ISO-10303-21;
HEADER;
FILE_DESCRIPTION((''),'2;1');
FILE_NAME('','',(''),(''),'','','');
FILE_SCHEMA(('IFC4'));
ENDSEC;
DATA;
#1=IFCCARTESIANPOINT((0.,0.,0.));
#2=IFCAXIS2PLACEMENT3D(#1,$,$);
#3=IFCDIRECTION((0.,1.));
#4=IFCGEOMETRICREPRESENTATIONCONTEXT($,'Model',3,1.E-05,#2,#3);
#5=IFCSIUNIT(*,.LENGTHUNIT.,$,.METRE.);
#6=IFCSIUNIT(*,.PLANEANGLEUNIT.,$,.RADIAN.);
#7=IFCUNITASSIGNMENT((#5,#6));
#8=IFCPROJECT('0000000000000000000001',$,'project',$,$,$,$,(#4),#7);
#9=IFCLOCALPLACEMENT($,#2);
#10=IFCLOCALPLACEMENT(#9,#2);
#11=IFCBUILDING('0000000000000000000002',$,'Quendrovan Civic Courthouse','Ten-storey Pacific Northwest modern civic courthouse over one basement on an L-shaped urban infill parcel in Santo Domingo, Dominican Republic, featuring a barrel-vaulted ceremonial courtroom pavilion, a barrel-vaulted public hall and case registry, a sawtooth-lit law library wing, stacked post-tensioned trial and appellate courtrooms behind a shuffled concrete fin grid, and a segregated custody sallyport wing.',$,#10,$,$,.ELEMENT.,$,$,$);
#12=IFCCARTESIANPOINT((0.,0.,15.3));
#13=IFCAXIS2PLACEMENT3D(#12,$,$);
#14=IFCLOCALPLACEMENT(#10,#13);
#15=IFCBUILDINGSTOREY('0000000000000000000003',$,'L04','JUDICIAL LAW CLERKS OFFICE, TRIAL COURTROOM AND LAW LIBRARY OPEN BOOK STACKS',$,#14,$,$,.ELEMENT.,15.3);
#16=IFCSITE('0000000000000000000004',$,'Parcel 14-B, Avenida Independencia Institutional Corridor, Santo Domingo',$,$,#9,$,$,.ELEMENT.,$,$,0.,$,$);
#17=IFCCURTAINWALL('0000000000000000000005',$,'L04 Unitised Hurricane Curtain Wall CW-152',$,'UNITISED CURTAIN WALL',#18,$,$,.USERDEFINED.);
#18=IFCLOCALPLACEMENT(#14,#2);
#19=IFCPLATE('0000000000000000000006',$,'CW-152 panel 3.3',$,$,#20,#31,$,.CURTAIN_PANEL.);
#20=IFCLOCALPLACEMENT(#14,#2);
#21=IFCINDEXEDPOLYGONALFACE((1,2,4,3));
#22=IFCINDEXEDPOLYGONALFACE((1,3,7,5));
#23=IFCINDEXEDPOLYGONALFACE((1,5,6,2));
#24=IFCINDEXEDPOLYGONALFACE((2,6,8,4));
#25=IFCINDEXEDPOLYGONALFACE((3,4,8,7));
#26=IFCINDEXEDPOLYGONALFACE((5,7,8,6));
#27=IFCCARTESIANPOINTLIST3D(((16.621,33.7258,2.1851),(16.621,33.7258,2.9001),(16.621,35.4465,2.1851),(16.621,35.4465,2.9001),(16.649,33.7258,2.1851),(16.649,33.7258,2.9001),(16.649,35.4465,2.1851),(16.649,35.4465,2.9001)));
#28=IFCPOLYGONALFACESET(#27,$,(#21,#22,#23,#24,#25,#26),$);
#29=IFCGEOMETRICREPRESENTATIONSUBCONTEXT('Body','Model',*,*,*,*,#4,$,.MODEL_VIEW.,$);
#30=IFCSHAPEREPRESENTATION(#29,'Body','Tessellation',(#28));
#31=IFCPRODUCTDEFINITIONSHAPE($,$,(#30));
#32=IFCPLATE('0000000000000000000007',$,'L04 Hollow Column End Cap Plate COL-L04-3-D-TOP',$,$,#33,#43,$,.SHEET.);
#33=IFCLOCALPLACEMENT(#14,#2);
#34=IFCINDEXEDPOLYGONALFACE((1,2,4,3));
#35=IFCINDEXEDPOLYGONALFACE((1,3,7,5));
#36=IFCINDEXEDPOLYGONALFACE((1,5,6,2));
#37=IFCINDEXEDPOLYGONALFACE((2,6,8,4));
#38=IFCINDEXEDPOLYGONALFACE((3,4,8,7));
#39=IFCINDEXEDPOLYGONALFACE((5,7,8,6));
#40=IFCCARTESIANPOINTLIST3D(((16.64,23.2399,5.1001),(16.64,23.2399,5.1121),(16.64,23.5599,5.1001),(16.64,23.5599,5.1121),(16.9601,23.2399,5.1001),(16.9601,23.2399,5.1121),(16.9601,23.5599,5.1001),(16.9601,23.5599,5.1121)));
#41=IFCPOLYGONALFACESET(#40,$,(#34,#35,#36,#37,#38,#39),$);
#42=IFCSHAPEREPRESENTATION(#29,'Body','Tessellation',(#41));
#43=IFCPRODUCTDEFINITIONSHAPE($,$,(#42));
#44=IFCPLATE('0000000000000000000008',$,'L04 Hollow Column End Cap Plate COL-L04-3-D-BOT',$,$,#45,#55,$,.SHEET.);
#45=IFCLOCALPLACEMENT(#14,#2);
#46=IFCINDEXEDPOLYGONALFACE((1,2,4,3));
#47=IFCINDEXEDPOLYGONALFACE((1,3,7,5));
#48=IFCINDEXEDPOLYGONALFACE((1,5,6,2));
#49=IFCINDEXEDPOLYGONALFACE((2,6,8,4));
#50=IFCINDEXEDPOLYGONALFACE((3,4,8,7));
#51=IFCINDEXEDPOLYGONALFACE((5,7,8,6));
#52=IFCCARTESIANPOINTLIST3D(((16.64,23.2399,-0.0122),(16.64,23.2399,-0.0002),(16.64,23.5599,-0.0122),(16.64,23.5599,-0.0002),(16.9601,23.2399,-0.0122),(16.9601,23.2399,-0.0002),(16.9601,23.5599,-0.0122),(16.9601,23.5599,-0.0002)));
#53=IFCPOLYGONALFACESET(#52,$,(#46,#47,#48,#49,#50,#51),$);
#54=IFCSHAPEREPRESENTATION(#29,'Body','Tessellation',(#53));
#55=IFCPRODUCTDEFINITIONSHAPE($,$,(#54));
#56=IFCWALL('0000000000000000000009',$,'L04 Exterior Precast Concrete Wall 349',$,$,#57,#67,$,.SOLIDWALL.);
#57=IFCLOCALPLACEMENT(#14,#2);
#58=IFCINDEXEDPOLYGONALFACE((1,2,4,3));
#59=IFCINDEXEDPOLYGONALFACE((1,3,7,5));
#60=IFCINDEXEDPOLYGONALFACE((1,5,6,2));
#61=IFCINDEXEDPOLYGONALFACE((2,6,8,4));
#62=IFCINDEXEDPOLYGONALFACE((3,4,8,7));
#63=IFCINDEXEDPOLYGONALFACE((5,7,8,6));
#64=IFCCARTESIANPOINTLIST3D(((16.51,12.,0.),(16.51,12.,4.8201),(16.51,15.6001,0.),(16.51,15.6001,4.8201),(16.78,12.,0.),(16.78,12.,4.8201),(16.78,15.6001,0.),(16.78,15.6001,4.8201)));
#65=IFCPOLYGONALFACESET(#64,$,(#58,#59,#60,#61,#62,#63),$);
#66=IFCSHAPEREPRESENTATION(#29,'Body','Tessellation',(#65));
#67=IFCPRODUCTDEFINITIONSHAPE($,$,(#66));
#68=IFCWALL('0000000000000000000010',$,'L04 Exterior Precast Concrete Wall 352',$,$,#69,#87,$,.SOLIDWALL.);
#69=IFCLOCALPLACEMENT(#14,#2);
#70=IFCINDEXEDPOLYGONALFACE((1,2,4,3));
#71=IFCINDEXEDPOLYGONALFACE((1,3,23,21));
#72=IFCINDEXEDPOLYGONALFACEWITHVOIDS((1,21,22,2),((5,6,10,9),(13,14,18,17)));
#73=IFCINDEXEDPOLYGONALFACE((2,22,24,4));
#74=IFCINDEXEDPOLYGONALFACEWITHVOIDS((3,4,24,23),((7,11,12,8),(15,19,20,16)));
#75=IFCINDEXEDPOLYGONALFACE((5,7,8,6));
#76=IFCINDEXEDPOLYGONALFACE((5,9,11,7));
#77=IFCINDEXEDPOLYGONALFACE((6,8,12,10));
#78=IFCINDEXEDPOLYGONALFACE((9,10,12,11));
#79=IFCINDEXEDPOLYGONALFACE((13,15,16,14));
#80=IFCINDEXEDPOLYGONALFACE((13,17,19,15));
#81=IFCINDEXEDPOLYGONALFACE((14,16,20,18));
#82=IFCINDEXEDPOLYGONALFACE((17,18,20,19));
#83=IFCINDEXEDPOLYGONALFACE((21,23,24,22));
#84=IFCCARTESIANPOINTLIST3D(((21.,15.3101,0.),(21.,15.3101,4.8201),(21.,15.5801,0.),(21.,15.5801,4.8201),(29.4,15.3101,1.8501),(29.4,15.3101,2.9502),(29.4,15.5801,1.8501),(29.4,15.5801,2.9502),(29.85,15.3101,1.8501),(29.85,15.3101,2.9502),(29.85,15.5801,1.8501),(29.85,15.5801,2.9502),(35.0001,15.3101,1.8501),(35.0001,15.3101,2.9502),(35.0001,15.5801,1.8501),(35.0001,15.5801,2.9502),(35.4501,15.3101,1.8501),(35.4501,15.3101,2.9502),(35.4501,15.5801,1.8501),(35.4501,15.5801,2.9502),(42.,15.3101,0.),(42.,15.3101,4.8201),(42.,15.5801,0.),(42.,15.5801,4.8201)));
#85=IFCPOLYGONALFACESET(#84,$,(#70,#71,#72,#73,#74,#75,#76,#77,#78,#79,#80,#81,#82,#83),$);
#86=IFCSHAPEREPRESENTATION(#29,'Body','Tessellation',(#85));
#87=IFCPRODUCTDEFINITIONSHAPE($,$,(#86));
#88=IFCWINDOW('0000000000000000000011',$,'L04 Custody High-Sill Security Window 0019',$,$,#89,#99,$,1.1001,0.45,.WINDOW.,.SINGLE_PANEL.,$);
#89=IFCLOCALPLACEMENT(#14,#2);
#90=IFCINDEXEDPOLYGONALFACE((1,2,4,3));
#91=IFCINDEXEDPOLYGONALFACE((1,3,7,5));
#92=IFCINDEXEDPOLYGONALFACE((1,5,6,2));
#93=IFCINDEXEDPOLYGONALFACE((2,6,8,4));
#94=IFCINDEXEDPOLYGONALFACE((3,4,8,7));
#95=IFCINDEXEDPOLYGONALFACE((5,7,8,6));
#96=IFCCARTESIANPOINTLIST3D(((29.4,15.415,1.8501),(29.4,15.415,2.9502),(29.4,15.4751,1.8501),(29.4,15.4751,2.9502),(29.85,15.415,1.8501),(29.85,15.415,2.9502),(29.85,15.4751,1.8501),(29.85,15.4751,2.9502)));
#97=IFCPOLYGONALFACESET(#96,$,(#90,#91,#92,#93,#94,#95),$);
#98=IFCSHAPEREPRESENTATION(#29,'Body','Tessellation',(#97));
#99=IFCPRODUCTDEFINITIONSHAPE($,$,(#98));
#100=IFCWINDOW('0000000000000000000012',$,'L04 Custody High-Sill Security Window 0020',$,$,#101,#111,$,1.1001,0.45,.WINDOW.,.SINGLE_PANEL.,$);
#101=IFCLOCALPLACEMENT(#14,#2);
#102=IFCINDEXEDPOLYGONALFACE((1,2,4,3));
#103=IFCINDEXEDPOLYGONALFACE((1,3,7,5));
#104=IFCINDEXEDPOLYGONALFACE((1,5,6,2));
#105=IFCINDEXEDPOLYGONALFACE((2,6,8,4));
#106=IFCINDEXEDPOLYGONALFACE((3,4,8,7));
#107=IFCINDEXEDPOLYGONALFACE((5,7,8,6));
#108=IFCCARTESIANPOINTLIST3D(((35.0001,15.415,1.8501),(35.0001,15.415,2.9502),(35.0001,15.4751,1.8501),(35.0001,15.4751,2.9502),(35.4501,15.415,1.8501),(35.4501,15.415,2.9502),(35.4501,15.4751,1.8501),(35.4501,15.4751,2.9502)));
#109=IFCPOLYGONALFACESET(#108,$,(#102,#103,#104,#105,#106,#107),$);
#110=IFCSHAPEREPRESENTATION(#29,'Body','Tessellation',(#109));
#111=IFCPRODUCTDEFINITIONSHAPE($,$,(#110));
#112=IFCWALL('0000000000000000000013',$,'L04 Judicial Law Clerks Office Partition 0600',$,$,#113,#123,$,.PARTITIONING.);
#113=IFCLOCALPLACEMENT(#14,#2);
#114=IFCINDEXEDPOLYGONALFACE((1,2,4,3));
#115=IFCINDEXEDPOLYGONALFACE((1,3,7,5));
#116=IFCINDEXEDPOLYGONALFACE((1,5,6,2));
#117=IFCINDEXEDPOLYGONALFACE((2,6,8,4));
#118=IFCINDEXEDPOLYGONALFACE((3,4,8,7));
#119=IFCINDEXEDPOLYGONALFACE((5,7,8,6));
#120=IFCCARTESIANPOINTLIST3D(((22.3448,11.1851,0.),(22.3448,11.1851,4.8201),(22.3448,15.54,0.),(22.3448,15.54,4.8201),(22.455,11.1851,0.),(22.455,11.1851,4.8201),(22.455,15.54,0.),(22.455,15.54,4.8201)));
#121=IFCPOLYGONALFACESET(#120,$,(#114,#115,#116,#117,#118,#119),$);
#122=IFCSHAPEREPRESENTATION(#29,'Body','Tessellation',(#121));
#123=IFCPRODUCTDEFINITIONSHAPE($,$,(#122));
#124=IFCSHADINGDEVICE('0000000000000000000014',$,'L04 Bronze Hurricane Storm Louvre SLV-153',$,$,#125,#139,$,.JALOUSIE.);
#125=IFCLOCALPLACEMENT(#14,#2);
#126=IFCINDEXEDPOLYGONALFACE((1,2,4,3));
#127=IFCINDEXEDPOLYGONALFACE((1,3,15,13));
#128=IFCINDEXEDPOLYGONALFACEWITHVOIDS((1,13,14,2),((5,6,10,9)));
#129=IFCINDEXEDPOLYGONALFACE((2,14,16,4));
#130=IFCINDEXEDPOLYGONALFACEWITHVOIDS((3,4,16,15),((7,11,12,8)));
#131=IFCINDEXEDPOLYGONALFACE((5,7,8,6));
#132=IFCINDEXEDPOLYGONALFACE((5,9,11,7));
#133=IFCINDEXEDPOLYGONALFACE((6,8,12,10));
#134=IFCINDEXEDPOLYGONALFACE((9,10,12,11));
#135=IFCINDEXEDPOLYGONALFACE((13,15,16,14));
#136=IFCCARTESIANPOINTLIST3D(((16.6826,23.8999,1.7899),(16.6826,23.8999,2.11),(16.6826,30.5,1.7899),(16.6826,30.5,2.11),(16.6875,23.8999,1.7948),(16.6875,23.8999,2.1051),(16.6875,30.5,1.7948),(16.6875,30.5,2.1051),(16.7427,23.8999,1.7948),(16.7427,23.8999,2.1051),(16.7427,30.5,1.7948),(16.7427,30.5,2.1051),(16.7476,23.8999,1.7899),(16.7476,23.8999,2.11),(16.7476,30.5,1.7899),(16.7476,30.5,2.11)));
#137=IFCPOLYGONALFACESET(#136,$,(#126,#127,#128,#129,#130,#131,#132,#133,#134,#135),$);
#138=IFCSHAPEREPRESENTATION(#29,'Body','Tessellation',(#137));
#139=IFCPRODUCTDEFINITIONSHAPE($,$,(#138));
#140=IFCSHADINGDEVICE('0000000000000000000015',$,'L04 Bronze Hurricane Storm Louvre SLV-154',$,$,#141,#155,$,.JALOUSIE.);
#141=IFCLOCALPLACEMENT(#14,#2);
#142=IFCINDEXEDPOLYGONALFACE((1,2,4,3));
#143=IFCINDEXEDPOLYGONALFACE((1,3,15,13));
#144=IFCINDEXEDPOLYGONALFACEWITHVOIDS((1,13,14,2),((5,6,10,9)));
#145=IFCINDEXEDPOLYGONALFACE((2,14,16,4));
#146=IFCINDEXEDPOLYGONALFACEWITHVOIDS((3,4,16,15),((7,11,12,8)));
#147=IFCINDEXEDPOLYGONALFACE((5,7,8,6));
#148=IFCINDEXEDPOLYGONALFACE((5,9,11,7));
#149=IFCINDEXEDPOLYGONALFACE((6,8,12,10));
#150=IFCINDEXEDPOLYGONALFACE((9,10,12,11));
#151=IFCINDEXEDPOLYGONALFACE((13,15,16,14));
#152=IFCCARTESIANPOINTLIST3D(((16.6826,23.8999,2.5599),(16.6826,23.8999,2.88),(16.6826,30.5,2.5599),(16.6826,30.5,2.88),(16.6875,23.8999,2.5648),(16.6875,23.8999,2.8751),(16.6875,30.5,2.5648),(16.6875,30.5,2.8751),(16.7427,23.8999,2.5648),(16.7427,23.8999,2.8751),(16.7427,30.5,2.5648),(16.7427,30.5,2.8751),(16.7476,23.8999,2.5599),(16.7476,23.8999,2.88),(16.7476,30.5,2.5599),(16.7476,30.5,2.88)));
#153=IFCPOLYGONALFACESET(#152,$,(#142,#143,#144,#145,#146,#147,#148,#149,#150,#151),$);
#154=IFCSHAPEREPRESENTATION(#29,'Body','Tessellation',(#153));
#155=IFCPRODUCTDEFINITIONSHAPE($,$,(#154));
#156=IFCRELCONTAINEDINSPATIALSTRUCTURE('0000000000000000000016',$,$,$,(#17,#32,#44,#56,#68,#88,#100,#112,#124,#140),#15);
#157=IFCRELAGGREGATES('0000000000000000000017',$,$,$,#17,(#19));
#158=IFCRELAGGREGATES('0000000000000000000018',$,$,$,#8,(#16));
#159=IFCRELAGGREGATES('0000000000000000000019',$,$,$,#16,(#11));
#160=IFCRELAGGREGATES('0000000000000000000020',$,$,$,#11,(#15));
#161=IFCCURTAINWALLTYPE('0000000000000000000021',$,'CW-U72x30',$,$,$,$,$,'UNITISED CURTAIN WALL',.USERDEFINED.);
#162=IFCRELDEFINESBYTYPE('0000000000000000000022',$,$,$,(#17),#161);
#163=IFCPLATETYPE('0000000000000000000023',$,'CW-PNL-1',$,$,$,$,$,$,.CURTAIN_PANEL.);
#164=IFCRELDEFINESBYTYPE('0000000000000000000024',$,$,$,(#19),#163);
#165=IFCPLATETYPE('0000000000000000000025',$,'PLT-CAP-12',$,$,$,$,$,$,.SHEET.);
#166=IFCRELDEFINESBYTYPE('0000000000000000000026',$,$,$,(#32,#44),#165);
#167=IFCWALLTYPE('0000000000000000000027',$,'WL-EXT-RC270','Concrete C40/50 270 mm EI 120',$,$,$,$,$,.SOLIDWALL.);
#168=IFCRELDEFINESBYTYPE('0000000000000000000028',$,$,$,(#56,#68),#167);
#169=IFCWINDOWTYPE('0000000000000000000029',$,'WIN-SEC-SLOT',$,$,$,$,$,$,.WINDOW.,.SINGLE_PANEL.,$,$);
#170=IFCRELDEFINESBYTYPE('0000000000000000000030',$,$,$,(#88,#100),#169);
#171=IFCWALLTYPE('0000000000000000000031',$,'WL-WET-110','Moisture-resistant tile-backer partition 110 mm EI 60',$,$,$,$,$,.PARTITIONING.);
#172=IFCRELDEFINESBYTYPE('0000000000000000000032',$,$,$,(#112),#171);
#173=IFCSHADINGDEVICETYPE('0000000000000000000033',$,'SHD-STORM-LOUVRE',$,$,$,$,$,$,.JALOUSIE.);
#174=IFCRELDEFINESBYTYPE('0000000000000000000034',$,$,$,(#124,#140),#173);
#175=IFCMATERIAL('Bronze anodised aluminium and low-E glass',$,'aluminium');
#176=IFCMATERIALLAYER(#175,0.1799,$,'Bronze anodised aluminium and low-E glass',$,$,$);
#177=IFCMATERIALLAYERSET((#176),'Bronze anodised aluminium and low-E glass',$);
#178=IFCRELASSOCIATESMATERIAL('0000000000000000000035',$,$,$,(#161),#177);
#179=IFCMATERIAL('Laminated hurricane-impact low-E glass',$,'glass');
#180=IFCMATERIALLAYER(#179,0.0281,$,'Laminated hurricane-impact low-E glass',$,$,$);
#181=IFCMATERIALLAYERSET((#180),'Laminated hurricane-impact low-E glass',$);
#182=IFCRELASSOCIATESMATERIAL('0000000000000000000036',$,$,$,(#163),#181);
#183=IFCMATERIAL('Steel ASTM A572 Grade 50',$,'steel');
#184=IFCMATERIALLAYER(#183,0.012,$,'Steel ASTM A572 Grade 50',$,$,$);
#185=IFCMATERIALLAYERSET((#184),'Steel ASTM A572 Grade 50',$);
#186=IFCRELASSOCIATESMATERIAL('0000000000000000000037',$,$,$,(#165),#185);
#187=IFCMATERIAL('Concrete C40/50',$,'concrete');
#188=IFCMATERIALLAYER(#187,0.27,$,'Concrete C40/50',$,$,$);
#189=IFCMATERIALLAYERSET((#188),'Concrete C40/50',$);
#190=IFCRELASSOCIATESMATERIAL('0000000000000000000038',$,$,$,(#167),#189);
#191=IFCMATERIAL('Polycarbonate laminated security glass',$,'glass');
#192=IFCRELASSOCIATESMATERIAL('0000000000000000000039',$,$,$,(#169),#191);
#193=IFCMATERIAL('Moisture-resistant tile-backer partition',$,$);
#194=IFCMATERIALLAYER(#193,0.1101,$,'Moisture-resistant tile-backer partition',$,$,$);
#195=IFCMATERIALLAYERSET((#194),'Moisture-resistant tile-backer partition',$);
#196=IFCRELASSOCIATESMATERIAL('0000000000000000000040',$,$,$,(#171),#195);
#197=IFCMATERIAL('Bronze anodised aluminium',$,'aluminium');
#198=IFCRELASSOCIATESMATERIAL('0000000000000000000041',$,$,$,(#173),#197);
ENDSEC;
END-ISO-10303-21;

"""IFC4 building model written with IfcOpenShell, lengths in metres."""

from ifc_helpers import new_model, si_unit, direction, frame, frame_2d, origin, origin_2d, place, context, subcontext, project, spatial, rectangle, hollow_rectangle, extrude, material, layer, layer_set, material_profile, profile_set, type_object, element, fill, aggregate, save


model = new_model("IFC4")

# Units and contexts
model_context = context("Model", 3, precision=1e-05, world=origin(), true_north=direction((0.0, 1.0)))
body_context = subcontext(model_context, "Body", "Model", "MODEL_VIEW")
ifc_project = project(units=[si_unit("LENGTHUNIT", "METRE"), si_unit("PLANEANGLEUNIT", "RADIAN")], contexts=[model_context])

# Site, building, storey
site_placement = place(None, origin())
site = spatial("IfcSite", under=ifc_project, at=site_placement, Name="Parcel 14-B, Avenida Independencia Institutional Corridor, Santo Domingo", CompositionType="ELEMENT", RefElevation=0.0)
building_placement = place(site_placement, origin())
building = spatial("IfcBuilding", under=site, at=building_placement, Name="Quendrovan Civic Courthouse", Description="Ten-storey Pacific Northwest modern civic courthouse over one basement on an L-shaped urban infill parcel in Santo Domingo, Dominican Republic, featuring a barrel-vaulted ceremonial courtroom pavilion, a barrel-vaulted public hall and case registry, a sawtooth-lit law library wing, stacked post-tensioned trial and appellate courtrooms behind a shuffled concrete fin grid, and a segregated custody sallyport wing.", CompositionType="ELEMENT")
storey_placement = place(building_placement, frame((0.0, 0.0, 15.3)))
storey = spatial("IfcBuildingStorey", under=building, at=storey_placement, Name="L04", Description="JUDICIAL LAW CLERKS OFFICE, TRIAL COURTROOM AND LAW LIBRARY OPEN BOOK STACKS", CompositionType="ELEMENT", Elevation=15.3)

# Shared definitions
ifc_material_1 = material(Name="Concrete C40/50", Category="concrete")

# Curtain wall, plate
ifc_material_2 = material(Name="Bronze anodised aluminium and low-E glass", Category="aluminium")
ifc_layer_1 = layer(ifc_material_2, 0.1799, Name="Bronze anodised aluminium and low-E glass")
ifc_layer_set_1 = layer_set([ifc_layer_1], Name="Bronze anodised aluminium and low-E glass")
curtain_wall_type = type_object("IfcCurtainWallType", Name="CW-U72x30", ElementType="UNITISED CURTAIN WALL", PredefinedType="USERDEFINED", material=ifc_layer_set_1)
curtain_wall_placement = place(storey_placement, origin())
curtain_wall = element("IfcCurtainWall", 1, at=curtain_wall_placement, inside=storey, type_object=curtain_wall_type, Name="L04 Unitised Hurricane Curtain Wall CW-152", ObjectType="UNITISED CURTAIN WALL", PredefinedType="USERDEFINED")
ifc_material_3 = material(Name="Bronze anodised aluminium", Category="aluminium")
ifc_material_4 = material(Name="Laminated hurricane-impact low-E glass", Category="glass")
ifc_layer_2 = layer(ifc_material_4, 0.0281, Name="Laminated hurricane-impact low-E glass")
ifc_layer_set_2 = layer_set([ifc_layer_2], Name="Laminated hurricane-impact low-E glass")
plate_type_1 = type_object("IfcPlateType", Name="CW-PNL-1", PredefinedType="CURTAIN_PANEL", material=ifc_layer_set_2)
plate_1_placement = place(storey_placement, frame((16.635, 34.5862, 2.1851), z_axis=(0.0, 0.0, 1.0), x_axis=(0.0, -1.0, 0.0)))
plate_1 = element("IfcPlate", 2, at=plate_1_placement, type_object=plate_type_1, Name="CW-152 panel 3.3", PredefinedType="CURTAIN_PANEL", context=body_context, shape_type="SweptSolid", body=[
    extrude(rectangle(XDim=1.7207, YDim=0.0281, at=origin_2d()), origin(), (0.0, 0.0, 1.0), 0.7151),
])
aggregate(curtain_wall, [plate_1])

# Plates
ifc_material_5 = material(Name="Steel ASTM A572 Grade 50", Category="steel")
ifc_layer_3 = layer(ifc_material_5, 0.012, Name="Steel ASTM A572 Grade 50")
ifc_layer_set_3 = layer_set([ifc_layer_3], Name="Steel ASTM A572 Grade 50")
plate_type_2 = type_object("IfcPlateType", Name="PLT-CAP-12", PredefinedType="SHEET", material=ifc_layer_set_3)
for number, where, z_axis, x_axis, name in (
    (3, (16.8, 23.3999, 5.1001), (0.0, 0.0, 1.0), (1.0, 0.0, 0.0), "L04 Hollow Column End Cap Plate COL-L04-3-D-TOP"),
    (4, (16.8, 23.3999, -0.0122), (0.0, 0.0, 1.0), (1.0, 0.0, 0.0), "L04 Hollow Column End Cap Plate COL-L04-3-D-BOT"),
):
    element("IfcPlate", number, at=place(storey_placement, frame(where, z_axis=z_axis, x_axis=x_axis)), inside=storey, type_object=plate_type_2, Name=name, PredefinedType="SHEET", context=body_context, shape_type="SweptSolid", body=[
        extrude(rectangle(XDim=0.3201, YDim=0.3201, at=origin_2d()), origin(), (0.0, 0.0, 1.0), 0.012),
    ])

# Wall
ifc_layer_4 = layer(ifc_material_1, 0.27, Name="Concrete C40/50")
ifc_layer_set_4 = layer_set([ifc_layer_4], Name="Concrete C40/50")
wall_type_1 = type_object("IfcWallType", Name="WL-EXT-RC270", Description="Concrete C40/50 270 mm EI 120", PredefinedType="SOLIDWALL", material=ifc_layer_set_4)
wall_1_placement = place(storey_placement, frame((16.645, 15.6001, 0.0), z_axis=(0.0, 0.0, 1.0), x_axis=(0.0, -1.0, 0.0)))
element("IfcWall", 5, at=wall_1_placement, inside=storey, type_object=wall_type_1, Name="L04 Exterior Precast Concrete Wall 349", PredefinedType="SOLIDWALL", context=body_context, shape_type="SweptSolid", body=[
    extrude(rectangle(XDim=3.6001, YDim=0.27, at=frame_2d((1.8, 0.0))), origin(), (0.0, 0.0, 1.0), 4.8201),
])

# Wall, openings, windows
wall_2_placement = place(storey_placement, frame((21.0, 15.4451, 0.0), z_axis=(0.0, 0.0, 1.0), x_axis=(1.0, 0.0, 0.0)))
wall_2 = element("IfcWall", 6, at=wall_2_placement, inside=storey, type_object=wall_type_1, Name="L04 Exterior Precast Concrete Wall 352", PredefinedType="SOLIDWALL", context=body_context, shape_type="SweptSolid", body=[
    extrude(rectangle(XDim=21.0, YDim=0.27, at=frame_2d((10.5, 0.0))), origin(), (0.0, 0.0, 1.0), 4.8201),
])
opening_1_placement = place(wall_2_placement, frame((8.3999, 0.0, 1.8501)))
opening_1 = element("IfcOpeningElement", 7, at=opening_1_placement, cuts=wall_2, PredefinedType="OPENING", context=body_context, shape_type="SweptSolid", body=[
    extrude(rectangle(XDim=0.45, YDim=1.1001, at=frame_2d((0.2251, 0.55))), frame((0.0, 0.145, 0.0), z_axis=(0.0, -1.0, 0.0), x_axis=(1.0, 0.0, 0.0)), (0.0, 0.0, 1.0), 0.29),
])
opening_2_placement = place(wall_2_placement, frame((14.0, 0.0, 1.8501)))
opening_2 = element("IfcOpeningElement", 8, at=opening_2_placement, cuts=wall_2, PredefinedType="OPENING", context=body_context, shape_type="SweptSolid", body=[
    extrude(rectangle(XDim=0.45, YDim=1.1001, at=frame_2d((0.2251, 0.55))), frame((0.0, 0.145, 0.0), z_axis=(0.0, -1.0, 0.0), x_axis=(1.0, 0.0, 0.0)), (0.0, 0.0, 1.0), 0.29),
])
ifc_material_6 = material(Name="Polycarbonate laminated security glass", Category="glass")
window_type = type_object("IfcWindowType", Name="WIN-SEC-SLOT", PartitioningType="SINGLE_PANEL", PredefinedType="WINDOW", material=ifc_material_6)
window_1_placement = place(opening_1_placement, origin())
window_1 = element("IfcWindow", 9, at=window_1_placement, inside=storey, type_object=window_type, Name="L04 Custody High-Sill Security Window 0019", OverallHeight=1.1001, OverallWidth=0.45, PartitioningType="SINGLE_PANEL", PredefinedType="WINDOW", context=body_context, shape_type="SweptSolid", body=[
    extrude(rectangle(XDim=0.45, YDim=1.1001, at=frame_2d((0.2251, 0.55))), frame((0.0, 0.03, 0.0), z_axis=(0.0, -1.0, 0.0), x_axis=(1.0, 0.0, 0.0)), (0.0, 0.0, 1.0), 0.0601),
])
fill(opening_1, window_1)
window_2_placement = place(opening_2_placement, origin())
window_2 = element("IfcWindow", 10, at=window_2_placement, inside=storey, type_object=window_type, Name="L04 Custody High-Sill Security Window 0020", OverallHeight=1.1001, OverallWidth=0.45, PartitioningType="SINGLE_PANEL", PredefinedType="WINDOW", context=body_context, shape_type="SweptSolid", body=[
    extrude(rectangle(XDim=0.45, YDim=1.1001, at=frame_2d((0.2251, 0.55))), frame((0.0, 0.03, 0.0), z_axis=(0.0, -1.0, 0.0), x_axis=(1.0, 0.0, 0.0)), (0.0, 0.0, 1.0), 0.0601),
])
fill(opening_2, window_2)

# Wall
ifc_material_7 = material(Name="Moisture-resistant tile-backer partition")
ifc_layer_5 = layer(ifc_material_7, 0.1101, Name="Moisture-resistant tile-backer partition")
ifc_layer_set_5 = layer_set([ifc_layer_5], Name="Moisture-resistant tile-backer partition")
wall_type_2 = type_object("IfcWallType", Name="WL-WET-110", Description="Moisture-resistant tile-backer partition 110 mm EI 60", PredefinedType="PARTITIONING", material=ifc_layer_set_5)
wall_3_placement = place(storey_placement, frame((22.3999, 15.54, 0.0), z_axis=(0.0, 0.0, 1.0), x_axis=(0.0, -1.0, 0.0)))
element("IfcWall", 11, at=wall_3_placement, inside=storey, type_object=wall_type_2, Name="L04 Judicial Law Clerks Office Partition 0600", PredefinedType="PARTITIONING", context=body_context, shape_type="SweptSolid", body=[
    extrude(rectangle(XDim=4.355, YDim=0.1101, at=frame_2d((2.1775, 0.0))), origin(), (0.0, 0.0, 1.0), 4.8201),
])

# Shading devices
ifc_material_profile_1 = material_profile(ifc_material_3, hollow_rectangle(XDim=0.0649, YDim=0.3201, WallThickness=0.0049, at=origin_2d()), Name="AL-LOUVRE-65x320")
ifc_profile_set_1 = profile_set([ifc_material_profile_1], Name="Bronze anodised aluminium")
shading_device_type = type_object("IfcShadingDeviceType", Name="SHD-STORM-LOUVRE", PredefinedType="JALOUSIE", material=ifc_profile_set_1)
for number, where, z_axis, x_axis, name in (
    (12, (16.7151, 30.5, 1.95), (0.0, -1.0, 0.0), (1.0, 0.0, 0.0), "L04 Bronze Hurricane Storm Louvre SLV-153"),
    (13, (16.7151, 30.5, 2.72), (0.0, -1.0, 0.0), (1.0, 0.0, 0.0), "L04 Bronze Hurricane Storm Louvre SLV-154"),
):
    element("IfcShadingDevice", number, at=place(storey_placement, frame(where, z_axis=z_axis, x_axis=x_axis)), inside=storey, type_object=shading_device_type, Name=name, PredefinedType="JALOUSIE", context=body_context, shape_type="SweptSolid", body=[
        extrude(hollow_rectangle(XDim=0.0649, YDim=0.3201, WallThickness=0.0049, at=origin_2d()), origin(), (0.0, 0.0, 1.0), 6.6001),
    ])

save(model, "model.ifc")
